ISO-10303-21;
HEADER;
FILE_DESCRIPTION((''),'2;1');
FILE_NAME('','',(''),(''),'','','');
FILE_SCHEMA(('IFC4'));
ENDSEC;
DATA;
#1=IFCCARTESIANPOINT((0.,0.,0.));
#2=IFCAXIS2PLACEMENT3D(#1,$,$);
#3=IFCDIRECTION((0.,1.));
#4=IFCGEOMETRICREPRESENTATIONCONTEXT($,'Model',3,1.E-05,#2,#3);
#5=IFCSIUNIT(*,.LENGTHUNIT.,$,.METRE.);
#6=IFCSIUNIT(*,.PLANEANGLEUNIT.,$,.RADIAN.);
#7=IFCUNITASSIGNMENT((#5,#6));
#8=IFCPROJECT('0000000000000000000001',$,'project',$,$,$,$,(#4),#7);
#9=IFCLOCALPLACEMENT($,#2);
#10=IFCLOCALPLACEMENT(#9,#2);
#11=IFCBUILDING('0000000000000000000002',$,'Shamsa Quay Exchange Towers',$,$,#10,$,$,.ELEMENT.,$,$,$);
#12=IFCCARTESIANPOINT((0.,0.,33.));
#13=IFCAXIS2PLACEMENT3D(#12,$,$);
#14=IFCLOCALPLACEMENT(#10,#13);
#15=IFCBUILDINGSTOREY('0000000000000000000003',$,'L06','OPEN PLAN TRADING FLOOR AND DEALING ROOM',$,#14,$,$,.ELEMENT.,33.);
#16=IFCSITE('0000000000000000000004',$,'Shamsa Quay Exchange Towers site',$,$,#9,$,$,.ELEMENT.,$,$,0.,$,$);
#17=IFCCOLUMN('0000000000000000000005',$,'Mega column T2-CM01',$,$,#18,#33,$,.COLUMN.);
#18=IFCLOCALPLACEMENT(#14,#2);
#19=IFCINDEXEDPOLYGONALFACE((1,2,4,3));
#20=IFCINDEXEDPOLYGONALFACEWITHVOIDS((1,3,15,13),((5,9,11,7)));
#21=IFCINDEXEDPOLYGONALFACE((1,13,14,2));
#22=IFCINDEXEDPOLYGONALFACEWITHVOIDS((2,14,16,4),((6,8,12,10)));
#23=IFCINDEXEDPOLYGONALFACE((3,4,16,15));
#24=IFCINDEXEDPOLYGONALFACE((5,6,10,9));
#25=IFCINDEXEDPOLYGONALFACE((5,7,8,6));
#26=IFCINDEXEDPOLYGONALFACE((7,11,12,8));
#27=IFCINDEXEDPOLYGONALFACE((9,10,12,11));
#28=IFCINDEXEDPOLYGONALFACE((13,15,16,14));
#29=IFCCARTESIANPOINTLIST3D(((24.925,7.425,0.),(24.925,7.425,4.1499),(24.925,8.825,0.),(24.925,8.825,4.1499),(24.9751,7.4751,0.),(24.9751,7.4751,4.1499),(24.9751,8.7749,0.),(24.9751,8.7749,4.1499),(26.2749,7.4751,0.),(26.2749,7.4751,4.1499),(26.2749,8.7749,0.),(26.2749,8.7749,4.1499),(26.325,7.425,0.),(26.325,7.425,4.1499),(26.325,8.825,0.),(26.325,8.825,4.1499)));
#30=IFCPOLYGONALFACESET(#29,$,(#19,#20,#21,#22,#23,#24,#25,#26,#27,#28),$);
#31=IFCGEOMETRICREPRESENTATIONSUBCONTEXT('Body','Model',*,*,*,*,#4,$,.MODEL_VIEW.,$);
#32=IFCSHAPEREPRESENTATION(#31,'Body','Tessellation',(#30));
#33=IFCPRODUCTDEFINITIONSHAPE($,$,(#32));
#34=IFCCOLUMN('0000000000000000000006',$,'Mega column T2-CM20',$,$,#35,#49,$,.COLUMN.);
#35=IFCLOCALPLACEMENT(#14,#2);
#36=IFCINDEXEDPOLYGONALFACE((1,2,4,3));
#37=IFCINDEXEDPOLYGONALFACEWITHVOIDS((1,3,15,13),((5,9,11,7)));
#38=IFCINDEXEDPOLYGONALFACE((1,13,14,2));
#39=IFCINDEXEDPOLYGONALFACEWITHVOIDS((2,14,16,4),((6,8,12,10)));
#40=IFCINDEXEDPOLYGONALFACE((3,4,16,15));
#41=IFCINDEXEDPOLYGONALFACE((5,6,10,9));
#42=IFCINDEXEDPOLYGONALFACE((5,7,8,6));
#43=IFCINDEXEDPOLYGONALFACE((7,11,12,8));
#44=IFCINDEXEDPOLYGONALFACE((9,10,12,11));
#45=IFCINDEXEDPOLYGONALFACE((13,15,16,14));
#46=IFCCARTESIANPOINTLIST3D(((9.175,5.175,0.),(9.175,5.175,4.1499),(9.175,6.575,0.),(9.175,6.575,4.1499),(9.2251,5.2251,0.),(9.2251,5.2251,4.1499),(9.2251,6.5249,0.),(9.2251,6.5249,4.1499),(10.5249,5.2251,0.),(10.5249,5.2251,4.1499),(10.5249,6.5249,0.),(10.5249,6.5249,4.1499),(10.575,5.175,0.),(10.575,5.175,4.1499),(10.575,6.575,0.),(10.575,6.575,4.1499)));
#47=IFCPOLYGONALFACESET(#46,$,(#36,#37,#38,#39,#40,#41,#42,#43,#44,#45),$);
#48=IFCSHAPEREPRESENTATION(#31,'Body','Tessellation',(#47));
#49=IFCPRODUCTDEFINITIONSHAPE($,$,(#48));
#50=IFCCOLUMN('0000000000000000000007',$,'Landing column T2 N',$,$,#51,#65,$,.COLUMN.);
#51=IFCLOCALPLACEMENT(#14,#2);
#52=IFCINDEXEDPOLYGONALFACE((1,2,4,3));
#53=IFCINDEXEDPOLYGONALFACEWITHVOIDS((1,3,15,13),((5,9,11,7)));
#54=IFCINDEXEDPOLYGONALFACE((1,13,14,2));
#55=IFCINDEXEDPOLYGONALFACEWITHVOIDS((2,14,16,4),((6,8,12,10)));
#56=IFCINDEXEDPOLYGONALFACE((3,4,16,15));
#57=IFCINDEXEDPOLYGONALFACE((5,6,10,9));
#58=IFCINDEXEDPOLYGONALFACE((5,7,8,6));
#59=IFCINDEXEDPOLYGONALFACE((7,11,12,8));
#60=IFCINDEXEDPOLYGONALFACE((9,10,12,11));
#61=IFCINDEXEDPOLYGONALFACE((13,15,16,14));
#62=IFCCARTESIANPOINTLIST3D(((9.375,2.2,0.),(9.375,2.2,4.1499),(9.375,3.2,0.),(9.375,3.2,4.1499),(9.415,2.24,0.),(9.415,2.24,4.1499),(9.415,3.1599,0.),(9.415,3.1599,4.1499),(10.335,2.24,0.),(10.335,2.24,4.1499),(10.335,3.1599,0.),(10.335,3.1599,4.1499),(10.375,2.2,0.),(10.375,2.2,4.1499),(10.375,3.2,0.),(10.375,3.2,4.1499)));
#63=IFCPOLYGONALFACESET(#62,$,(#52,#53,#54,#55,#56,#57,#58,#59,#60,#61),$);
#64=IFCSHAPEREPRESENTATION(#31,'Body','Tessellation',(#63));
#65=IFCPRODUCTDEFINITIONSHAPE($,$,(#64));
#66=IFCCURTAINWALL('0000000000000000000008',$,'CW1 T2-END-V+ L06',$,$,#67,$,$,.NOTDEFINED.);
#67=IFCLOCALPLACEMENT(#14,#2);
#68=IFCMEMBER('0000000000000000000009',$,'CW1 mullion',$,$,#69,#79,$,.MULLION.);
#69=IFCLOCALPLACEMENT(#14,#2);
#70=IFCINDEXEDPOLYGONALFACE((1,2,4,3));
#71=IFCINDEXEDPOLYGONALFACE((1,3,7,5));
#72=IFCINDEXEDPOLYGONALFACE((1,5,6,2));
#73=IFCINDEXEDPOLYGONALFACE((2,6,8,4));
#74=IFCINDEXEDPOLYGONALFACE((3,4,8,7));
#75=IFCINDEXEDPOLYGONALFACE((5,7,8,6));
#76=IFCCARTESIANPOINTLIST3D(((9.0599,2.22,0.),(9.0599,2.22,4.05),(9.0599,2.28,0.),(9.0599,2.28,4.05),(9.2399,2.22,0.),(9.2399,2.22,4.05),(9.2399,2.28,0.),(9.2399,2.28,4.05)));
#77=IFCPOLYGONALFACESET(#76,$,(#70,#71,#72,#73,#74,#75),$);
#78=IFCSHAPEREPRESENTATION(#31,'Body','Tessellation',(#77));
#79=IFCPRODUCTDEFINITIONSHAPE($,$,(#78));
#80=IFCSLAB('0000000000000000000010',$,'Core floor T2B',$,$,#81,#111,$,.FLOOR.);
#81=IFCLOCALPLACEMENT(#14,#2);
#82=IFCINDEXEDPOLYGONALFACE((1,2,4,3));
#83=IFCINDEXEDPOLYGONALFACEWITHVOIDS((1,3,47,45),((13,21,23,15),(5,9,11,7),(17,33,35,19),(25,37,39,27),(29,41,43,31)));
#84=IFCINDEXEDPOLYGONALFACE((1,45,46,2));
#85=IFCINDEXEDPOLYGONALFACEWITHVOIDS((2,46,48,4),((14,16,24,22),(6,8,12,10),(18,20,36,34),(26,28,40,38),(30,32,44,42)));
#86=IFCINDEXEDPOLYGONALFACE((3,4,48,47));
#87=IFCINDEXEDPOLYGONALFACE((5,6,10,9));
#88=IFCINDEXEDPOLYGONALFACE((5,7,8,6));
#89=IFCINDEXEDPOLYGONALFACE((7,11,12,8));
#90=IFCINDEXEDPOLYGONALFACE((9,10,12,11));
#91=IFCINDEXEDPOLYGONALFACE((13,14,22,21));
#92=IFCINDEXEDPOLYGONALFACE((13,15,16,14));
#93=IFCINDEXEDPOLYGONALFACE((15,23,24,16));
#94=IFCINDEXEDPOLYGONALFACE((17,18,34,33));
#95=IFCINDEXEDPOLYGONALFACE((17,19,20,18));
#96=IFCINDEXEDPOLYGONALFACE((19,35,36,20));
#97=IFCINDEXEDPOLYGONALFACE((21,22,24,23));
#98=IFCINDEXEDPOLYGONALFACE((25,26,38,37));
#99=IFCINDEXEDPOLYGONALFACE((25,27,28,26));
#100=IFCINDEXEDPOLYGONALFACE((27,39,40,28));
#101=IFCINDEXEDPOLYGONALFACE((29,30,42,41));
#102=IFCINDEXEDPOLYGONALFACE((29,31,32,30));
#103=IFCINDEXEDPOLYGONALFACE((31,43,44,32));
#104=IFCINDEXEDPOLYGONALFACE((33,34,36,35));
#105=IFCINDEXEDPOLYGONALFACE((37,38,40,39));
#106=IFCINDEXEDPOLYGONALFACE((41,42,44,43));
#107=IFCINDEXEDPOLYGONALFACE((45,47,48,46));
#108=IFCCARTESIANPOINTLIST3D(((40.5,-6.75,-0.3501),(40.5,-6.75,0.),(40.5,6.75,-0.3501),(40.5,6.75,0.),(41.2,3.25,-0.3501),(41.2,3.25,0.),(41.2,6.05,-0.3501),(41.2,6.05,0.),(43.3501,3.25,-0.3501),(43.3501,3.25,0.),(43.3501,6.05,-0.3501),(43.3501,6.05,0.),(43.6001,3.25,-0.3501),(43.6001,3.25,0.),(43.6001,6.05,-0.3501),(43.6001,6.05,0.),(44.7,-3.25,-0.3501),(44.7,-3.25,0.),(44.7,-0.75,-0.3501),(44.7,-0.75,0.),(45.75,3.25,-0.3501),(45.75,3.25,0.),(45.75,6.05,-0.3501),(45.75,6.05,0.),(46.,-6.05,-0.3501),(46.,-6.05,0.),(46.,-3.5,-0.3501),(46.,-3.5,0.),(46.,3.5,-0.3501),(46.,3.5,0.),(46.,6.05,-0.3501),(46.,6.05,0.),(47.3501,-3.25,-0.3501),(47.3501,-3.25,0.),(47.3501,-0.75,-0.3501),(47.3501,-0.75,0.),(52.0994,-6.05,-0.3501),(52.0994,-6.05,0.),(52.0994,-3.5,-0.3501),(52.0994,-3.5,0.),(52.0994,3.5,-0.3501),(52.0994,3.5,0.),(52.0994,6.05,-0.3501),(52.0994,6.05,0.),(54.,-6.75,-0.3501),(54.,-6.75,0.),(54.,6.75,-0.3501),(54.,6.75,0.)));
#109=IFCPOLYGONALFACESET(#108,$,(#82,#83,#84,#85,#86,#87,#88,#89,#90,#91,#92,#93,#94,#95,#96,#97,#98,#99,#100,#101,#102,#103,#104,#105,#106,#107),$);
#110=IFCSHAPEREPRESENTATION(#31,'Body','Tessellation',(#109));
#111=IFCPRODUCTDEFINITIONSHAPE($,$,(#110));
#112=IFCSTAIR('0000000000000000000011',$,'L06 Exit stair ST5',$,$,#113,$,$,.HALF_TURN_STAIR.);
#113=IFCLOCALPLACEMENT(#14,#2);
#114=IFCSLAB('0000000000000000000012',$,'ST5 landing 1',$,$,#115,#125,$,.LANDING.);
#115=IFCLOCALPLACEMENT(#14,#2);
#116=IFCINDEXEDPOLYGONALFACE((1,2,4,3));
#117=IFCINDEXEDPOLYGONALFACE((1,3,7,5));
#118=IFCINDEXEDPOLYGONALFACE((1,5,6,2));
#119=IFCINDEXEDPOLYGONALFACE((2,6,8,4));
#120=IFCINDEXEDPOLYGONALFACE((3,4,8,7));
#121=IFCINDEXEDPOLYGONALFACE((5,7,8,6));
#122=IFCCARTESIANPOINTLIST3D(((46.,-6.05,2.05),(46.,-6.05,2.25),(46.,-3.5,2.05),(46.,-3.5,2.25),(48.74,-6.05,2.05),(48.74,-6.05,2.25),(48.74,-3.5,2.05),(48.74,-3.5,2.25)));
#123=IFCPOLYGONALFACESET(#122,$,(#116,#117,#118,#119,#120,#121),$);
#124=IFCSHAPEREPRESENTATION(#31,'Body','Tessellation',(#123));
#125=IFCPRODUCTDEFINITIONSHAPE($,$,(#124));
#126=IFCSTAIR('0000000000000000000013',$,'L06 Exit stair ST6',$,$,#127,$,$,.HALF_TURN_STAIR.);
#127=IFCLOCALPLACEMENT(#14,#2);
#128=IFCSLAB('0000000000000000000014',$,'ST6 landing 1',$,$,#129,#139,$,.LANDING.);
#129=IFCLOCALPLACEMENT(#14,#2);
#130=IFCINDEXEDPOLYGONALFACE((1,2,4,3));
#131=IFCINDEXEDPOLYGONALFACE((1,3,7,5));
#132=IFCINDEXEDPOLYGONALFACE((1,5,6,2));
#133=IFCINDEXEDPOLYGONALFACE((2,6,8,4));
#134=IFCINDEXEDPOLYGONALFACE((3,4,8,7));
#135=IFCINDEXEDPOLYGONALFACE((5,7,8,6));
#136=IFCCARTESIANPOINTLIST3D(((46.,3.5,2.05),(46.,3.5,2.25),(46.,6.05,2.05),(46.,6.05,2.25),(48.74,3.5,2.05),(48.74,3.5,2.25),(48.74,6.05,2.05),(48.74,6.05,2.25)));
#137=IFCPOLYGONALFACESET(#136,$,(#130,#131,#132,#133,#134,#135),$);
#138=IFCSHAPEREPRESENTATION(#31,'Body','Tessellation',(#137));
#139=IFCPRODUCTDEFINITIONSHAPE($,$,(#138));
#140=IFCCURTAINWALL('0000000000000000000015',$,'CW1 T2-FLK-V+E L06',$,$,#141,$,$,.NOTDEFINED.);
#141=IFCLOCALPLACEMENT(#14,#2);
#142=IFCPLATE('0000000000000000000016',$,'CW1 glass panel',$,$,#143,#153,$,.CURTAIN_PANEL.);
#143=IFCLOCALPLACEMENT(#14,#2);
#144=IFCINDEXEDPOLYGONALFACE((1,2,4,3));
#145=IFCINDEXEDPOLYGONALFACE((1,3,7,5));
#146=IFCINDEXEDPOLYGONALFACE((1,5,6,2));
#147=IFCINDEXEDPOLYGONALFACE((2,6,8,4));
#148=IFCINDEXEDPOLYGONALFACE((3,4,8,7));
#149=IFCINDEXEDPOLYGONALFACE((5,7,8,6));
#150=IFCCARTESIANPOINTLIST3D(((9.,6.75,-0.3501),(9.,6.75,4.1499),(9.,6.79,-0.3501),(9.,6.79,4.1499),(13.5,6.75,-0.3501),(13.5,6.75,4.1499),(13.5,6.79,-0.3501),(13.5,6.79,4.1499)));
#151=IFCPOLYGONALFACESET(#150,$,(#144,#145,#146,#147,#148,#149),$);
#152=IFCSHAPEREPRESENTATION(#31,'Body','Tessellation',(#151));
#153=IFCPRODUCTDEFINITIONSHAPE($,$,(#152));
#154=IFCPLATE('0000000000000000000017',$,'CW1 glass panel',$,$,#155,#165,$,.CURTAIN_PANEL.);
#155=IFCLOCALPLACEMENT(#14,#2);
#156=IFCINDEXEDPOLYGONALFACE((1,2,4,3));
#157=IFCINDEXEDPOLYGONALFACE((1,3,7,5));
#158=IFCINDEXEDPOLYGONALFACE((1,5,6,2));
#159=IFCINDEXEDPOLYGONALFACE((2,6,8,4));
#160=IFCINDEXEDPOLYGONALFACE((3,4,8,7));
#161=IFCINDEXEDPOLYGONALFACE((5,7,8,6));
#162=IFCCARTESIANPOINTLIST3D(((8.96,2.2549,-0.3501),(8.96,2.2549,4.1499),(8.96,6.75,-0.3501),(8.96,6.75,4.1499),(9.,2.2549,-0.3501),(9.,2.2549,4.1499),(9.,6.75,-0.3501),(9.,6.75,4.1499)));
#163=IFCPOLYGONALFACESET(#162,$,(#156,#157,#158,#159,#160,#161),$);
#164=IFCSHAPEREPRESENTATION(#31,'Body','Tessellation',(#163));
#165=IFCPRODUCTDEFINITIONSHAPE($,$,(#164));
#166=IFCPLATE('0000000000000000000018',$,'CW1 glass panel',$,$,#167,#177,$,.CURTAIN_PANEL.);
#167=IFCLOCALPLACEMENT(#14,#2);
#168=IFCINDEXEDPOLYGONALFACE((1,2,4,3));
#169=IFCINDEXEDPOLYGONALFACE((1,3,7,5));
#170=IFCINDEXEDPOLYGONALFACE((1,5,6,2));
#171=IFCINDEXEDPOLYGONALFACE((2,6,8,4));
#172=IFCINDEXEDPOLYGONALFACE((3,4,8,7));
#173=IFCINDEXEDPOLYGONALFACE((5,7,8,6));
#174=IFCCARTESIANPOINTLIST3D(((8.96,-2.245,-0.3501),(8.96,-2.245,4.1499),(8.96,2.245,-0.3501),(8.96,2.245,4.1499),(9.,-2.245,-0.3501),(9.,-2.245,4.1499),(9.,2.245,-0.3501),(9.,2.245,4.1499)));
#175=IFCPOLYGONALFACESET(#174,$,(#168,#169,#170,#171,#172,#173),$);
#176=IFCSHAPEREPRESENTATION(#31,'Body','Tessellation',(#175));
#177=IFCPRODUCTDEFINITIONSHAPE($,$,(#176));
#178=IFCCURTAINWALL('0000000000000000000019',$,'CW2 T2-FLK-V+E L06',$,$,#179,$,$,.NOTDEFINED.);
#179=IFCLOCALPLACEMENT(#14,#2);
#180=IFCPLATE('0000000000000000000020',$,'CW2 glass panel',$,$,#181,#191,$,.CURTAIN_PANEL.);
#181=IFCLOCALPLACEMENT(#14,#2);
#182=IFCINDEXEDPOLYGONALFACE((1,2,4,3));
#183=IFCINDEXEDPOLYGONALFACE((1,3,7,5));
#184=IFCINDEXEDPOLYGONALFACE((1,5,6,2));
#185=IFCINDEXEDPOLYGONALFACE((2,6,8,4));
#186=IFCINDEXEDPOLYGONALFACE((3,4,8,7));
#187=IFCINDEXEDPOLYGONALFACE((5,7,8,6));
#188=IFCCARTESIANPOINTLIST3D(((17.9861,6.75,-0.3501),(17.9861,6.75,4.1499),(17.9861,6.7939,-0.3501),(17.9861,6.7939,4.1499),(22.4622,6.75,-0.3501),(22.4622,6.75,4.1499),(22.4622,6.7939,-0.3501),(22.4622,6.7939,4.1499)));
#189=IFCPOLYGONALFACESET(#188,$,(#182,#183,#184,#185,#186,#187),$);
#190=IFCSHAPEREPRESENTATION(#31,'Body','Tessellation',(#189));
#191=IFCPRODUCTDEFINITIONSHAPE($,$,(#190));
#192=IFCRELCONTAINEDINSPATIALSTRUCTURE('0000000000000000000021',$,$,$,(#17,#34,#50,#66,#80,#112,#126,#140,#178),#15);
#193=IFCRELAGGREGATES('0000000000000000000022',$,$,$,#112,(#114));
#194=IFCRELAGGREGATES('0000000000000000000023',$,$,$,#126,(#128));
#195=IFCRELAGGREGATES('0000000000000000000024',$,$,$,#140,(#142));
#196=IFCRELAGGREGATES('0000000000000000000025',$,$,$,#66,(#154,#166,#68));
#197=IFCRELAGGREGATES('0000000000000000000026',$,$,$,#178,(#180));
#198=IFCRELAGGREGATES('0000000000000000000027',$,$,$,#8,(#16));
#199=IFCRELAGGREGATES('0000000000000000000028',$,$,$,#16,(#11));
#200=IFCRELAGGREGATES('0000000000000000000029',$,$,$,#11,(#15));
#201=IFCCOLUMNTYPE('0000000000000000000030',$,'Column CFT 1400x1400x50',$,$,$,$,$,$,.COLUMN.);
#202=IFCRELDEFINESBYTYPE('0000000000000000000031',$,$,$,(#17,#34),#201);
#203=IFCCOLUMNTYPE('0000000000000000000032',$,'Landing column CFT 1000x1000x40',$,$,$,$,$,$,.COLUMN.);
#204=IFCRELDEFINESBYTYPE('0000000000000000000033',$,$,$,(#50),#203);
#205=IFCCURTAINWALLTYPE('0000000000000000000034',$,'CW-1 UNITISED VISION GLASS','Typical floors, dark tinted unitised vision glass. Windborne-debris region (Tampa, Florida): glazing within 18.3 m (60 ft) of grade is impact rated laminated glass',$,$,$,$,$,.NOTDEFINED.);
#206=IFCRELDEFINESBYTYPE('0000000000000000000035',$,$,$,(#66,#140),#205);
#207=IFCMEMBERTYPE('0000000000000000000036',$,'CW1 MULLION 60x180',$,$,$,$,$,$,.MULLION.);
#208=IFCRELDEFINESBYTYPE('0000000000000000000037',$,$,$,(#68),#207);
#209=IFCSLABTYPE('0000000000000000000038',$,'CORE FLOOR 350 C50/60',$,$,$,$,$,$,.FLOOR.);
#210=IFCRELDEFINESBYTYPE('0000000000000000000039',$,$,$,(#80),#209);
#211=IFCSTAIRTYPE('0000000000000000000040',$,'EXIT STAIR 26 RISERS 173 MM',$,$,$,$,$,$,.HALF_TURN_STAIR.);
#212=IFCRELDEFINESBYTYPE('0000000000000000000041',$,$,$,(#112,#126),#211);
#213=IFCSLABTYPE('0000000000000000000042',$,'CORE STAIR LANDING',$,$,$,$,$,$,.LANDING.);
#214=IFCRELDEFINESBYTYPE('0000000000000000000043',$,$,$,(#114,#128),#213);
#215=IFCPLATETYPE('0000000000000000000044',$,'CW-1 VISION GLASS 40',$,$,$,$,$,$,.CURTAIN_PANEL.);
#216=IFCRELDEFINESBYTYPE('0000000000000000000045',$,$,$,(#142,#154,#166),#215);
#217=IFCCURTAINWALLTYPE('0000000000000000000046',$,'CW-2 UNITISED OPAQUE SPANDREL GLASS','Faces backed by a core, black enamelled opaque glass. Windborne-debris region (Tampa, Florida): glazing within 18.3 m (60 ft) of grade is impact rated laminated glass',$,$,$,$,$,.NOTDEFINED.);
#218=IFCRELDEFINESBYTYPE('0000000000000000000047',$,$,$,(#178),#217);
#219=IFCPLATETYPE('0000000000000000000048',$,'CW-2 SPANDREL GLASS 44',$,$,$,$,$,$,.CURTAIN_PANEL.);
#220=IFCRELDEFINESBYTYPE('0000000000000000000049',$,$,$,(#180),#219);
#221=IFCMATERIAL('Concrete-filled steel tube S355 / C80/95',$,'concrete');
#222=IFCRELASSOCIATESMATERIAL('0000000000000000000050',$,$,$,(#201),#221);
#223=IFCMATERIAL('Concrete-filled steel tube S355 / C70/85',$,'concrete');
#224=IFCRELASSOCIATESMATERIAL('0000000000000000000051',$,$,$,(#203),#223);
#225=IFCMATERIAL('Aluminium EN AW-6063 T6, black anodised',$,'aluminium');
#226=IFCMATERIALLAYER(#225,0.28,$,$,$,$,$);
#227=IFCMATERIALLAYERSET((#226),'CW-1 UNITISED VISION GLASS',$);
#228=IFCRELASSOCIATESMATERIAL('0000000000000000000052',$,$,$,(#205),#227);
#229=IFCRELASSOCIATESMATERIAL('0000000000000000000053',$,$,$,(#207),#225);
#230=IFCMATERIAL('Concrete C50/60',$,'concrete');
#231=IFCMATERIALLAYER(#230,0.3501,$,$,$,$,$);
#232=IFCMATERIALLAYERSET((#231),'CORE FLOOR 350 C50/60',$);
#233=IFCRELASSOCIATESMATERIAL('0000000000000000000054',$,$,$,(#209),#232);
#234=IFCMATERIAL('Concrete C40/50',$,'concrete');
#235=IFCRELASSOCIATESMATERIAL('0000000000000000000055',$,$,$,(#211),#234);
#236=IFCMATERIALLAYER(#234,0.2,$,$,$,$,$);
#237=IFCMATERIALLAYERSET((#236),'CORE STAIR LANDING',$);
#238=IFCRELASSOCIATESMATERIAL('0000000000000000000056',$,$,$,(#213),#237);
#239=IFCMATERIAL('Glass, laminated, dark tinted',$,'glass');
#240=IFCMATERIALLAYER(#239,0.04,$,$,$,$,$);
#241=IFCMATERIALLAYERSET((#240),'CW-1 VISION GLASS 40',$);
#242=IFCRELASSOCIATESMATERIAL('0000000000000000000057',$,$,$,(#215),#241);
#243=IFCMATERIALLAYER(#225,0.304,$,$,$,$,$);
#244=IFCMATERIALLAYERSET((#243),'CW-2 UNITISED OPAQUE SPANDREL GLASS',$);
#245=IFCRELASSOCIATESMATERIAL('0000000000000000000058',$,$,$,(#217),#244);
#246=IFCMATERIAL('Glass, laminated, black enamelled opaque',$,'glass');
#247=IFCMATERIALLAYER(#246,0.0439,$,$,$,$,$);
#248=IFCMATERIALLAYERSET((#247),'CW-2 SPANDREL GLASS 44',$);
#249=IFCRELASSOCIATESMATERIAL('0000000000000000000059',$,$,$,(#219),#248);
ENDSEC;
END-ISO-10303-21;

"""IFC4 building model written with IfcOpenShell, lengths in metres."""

from ifc_helpers import new_model, si_unit, direction, frame, origin, origin_2d, place, context, subcontext, project, spatial, polyline, rectangle, hollow_rectangle, outline, extrude, material, layer, layer_set, material_profile, profile_set, type_object, element, aggregate, save


model = new_model("IFC4")

# Units and contexts
model_context = context("Model", 3, precision=1e-05, world=origin(), true_north=direction((0.0, 1.0)))
body_context = subcontext(model_context, "Body", "Model", "MODEL_VIEW")
ifc_project = project(units=[si_unit("LENGTHUNIT", "METRE"), si_unit("PLANEANGLEUNIT", "RADIAN")], contexts=[model_context])

# Site, building, storey
site_placement = place(None, origin())
site = spatial("IfcSite", under=ifc_project, at=site_placement, Name="Shamsa Quay Exchange Towers site", CompositionType="ELEMENT", RefElevation=0.0)
building_placement = place(site_placement, origin())
building = spatial("IfcBuilding", under=site, at=building_placement, Name="Shamsa Quay Exchange Towers", CompositionType="ELEMENT")
storey_placement = place(building_placement, frame((0.0, 0.0, 33.0)))
storey = spatial("IfcBuildingStorey", under=building, at=storey_placement, Name="L06", Description="OPEN PLAN TRADING FLOOR AND DEALING ROOM", CompositionType="ELEMENT", Elevation=33.0)

# Columns
ifc_material_1 = material(Name="Concrete-filled steel tube S355 / C80/95", Category="concrete")
ifc_material_profile_1 = material_profile(ifc_material_1, hollow_rectangle(XDim=1.3999, YDim=1.3999, WallThickness=0.05, at=origin_2d()), Name="CFT 1400x1400x50")
ifc_profile_set_1 = profile_set([ifc_material_profile_1], Name="Concrete-filled steel tube S355 / C80/95")
column_type_1 = type_object("IfcColumnType", Name="Column CFT 1400x1400x50", PredefinedType="COLUMN", material=ifc_profile_set_1)
for number, where, name in (
    (1, (25.625, 8.125, 0.0), "Mega column T2-CM01"),
    (2, (9.875, 5.875, 0.0), "Mega column T2-CM20"),
):
    element("IfcColumn", number, at=place(storey_placement, frame(where)), inside=storey, type_object=column_type_1, Name=name, PredefinedType="COLUMN", context=body_context, shape_type="SweptSolid", body=[
        extrude(hollow_rectangle(XDim=1.3999, YDim=1.3999, WallThickness=0.05, at=origin_2d()), origin(), (0.0, 0.0, 1.0), 4.1499),
    ])
ifc_material_2 = material(Name="Concrete-filled steel tube S355 / C70/85", Category="concrete")
ifc_material_profile_2 = material_profile(ifc_material_2, hollow_rectangle(XDim=1.0, YDim=1.0, WallThickness=0.04, at=origin_2d()), Name="CFT 1000x1000x40")
ifc_profile_set_2 = profile_set([ifc_material_profile_2], Name="Concrete-filled steel tube S355 / C70/85")
column_type_2 = type_object("IfcColumnType", Name="Landing column CFT 1000x1000x40", PredefinedType="COLUMN", material=ifc_profile_set_2)
column_placement = place(storey_placement, frame((9.875, 2.7, 0.0)))
element("IfcColumn", 3, at=column_placement, inside=storey, type_object=column_type_2, Name="Landing column T2 N", PredefinedType="COLUMN", context=body_context, shape_type="SweptSolid", body=[
    extrude(hollow_rectangle(XDim=1.0, YDim=1.0, WallThickness=0.04, at=origin_2d()), origin(), (0.0, 0.0, 1.0), 4.1499),
])

# Curtain wall, member
ifc_material_3 = material(Name="Aluminium EN AW-6063 T6, black anodised", Category="aluminium")
ifc_layer_1 = layer(ifc_material_3, 0.28)
ifc_layer_set_1 = layer_set([ifc_layer_1], Name="CW-1 UNITISED VISION GLASS")
curtain_wall_type_1 = type_object("IfcCurtainWallType", Name="CW-1 UNITISED VISION GLASS", Description="Typical floors, dark tinted unitised vision glass. Windborne-debris region (Tampa, Florida): glazing within 18.3 m (60 ft) of grade is impact rated laminated glass", PredefinedType="NOTDEFINED", material=ifc_layer_set_1)
curtain_wall_1_placement = place(storey_placement, origin())
curtain_wall_1 = element("IfcCurtainWall", 4, at=curtain_wall_1_placement, inside=storey, type_object=curtain_wall_type_1, Name="CW1 T2-END-V+ L06", PredefinedType="NOTDEFINED")
ifc_material_profile_3 = material_profile(ifc_material_3, rectangle(XDim=0.1799, YDim=0.0601, at=origin_2d()), Name="MU60x180")
ifc_profile_set_3 = profile_set([ifc_material_profile_3], Name="Aluminium EN AW-6063 T6, black anodised")
member_type = type_object("IfcMemberType", Name="CW1 MULLION 60x180", PredefinedType="MULLION", material=ifc_profile_set_3)
member_placement = place(storey_placement, frame((9.1499, 2.25, 0.0)))
member = element("IfcMember", 5, at=member_placement, type_object=member_type, Name="CW1 mullion", PredefinedType="MULLION", context=body_context, shape_type="SweptSolid", body=[
    extrude(rectangle(XDim=0.1799, YDim=0.0601, at=origin_2d()), origin(), (0.0, 0.0, 1.0), 4.05),
])

# Slab
ifc_material_4 = material(Name="Concrete C50/60", Category="concrete")
ifc_layer_2 = layer(ifc_material_4, 0.3501)
ifc_layer_set_2 = layer_set([ifc_layer_2], Name="CORE FLOOR 350 C50/60")
slab_type_1 = type_object("IfcSlabType", Name="CORE FLOOR 350 C50/60", PredefinedType="FLOOR", material=ifc_layer_set_2)
slab_1_placement = place(storey_placement, frame((0.0, 0.0, -0.3501)))
element("IfcSlab", 6, at=slab_1_placement, inside=storey, type_object=slab_type_1, Name="Core floor T2B", PredefinedType="FLOOR", context=body_context, shape_type="SweptSolid", body=[
    extrude(outline(polyline([(54.0, -6.75), (54.0, 6.75), (40.5, 6.75), (40.5, -6.75), (54.0, -6.75)]), holes=[polyline([(52.0994, -3.5), (52.0994, -6.05), (46.0, -6.05), (46.0, -3.5), (52.0994, -3.5)]), polyline([(52.0994, 6.05), (52.0994, 3.5), (46.0, 3.5), (46.0, 6.05), (52.0994, 6.05)]), polyline([(45.75, 3.25), (43.6001, 3.25), (43.6001, 6.05), (45.75, 6.05), (45.75, 3.25)]), polyline([(43.3501, 3.25), (41.2, 3.25), (41.2, 6.05), (43.3501, 6.05), (43.3501, 3.25)]), polyline([(47.3501, -3.25), (44.7, -3.25), (44.7, -0.75), (47.3501, -0.75), (47.3501, -3.25)])]), origin(), (0.0, 0.0, 1.0), 0.3501),
])

# Stairs, slabs
ifc_material_5 = material(Name="Concrete C40/50", Category="concrete")
stair_type = type_object("IfcStairType", Name="EXIT STAIR 26 RISERS 173 MM", PredefinedType="HALF_TURN_STAIR", material=ifc_material_5)
stair_1_placement = place(storey_placement, origin())
stair_1 = element("IfcStair", 7, at=stair_1_placement, inside=storey, type_object=stair_type, Name="L06 Exit stair ST5", PredefinedType="HALF_TURN_STAIR")
ifc_layer_3 = layer(ifc_material_5, 0.2)
ifc_layer_set_3 = layer_set([ifc_layer_3], Name="CORE STAIR LANDING")
slab_type_2 = type_object("IfcSlabType", Name="CORE STAIR LANDING", PredefinedType="LANDING", material=ifc_layer_set_3)
slab_2_placement = place(storey_placement, frame((0.0, 0.0, 2.05)))
slab_2 = element("IfcSlab", 8, at=slab_2_placement, type_object=slab_type_2, Name="ST5 landing 1", PredefinedType="LANDING", context=body_context, shape_type="SweptSolid", body=[
    extrude(outline(polyline([(48.74, -3.5), (46.0, -3.5), (46.0, -6.05), (48.74, -6.05), (48.74, -3.5)])), origin(), (0.0, 0.0, 1.0), 0.2),
])
aggregate(stair_1, [slab_2])
stair_2_placement = place(storey_placement, origin())
stair_2 = element("IfcStair", 9, at=stair_2_placement, inside=storey, type_object=stair_type, Name="L06 Exit stair ST6", PredefinedType="HALF_TURN_STAIR")
slab_3_placement = place(storey_placement, frame((0.0, 0.0, 2.05)))
slab_3 = element("IfcSlab", 10, at=slab_3_placement, type_object=slab_type_2, Name="ST6 landing 1", PredefinedType="LANDING", context=body_context, shape_type="SweptSolid", body=[
    extrude(outline(polyline([(48.74, 6.05), (46.0, 6.05), (46.0, 3.5), (48.74, 3.5), (48.74, 6.05)])), origin(), (0.0, 0.0, 1.0), 0.2),
])
aggregate(stair_2, [slab_3])

# Curtain wall, plate
curtain_wall_2_placement = place(storey_placement, origin())
curtain_wall_2 = element("IfcCurtainWall", 11, at=curtain_wall_2_placement, inside=storey, type_object=curtain_wall_type_1, Name="CW1 T2-FLK-V+E L06", PredefinedType="NOTDEFINED")
ifc_material_6 = material(Name="Glass, laminated, dark tinted", Category="glass")
ifc_layer_4 = layer(ifc_material_6, 0.04)
ifc_layer_set_4 = layer_set([ifc_layer_4], Name="CW-1 VISION GLASS 40")
plate_type_1 = type_object("IfcPlateType", Name="CW-1 VISION GLASS 40", PredefinedType="CURTAIN_PANEL", material=ifc_layer_set_4)
plate_1_placement = place(storey_placement, frame((11.25, 6.77, -0.3501), z_axis=(0.0, 0.0, 1.0), x_axis=(-1.0, 0.0, 0.0)))
plate_1 = element("IfcPlate", 12, at=plate_1_placement, type_object=plate_type_1, Name="CW1 glass panel", PredefinedType="CURTAIN_PANEL", context=body_context, shape_type="SweptSolid", body=[
    extrude(rectangle(XDim=4.5, YDim=0.04, at=origin_2d()), origin(), (0.0, 0.0, 1.0), 4.5),
])
aggregate(curtain_wall_2, [plate_1])

# Plates
plate_2_placement = place(storey_placement, frame((8.98, 4.5024, -0.3501), z_axis=(0.0, 0.0, 1.0), x_axis=(0.0, -1.0, 0.0)))
plate_2 = element("IfcPlate", 13, at=plate_2_placement, type_object=plate_type_1, Name="CW1 glass panel", PredefinedType="CURTAIN_PANEL", context=body_context, shape_type="SweptSolid", body=[
    extrude(rectangle(XDim=4.4951, YDim=0.04, at=origin_2d()), origin(), (0.0, 0.0, 1.0), 4.5),
])
plate_3_placement = place(storey_placement, frame((8.98, 0.0, -0.3501), z_axis=(0.0, 0.0, 1.0), x_axis=(0.0, -1.0, 0.0)))
plate_3 = element("IfcPlate", 14, at=plate_3_placement, type_object=plate_type_1, Name="CW1 glass panel", PredefinedType="CURTAIN_PANEL", context=body_context, shape_type="SweptSolid", body=[
    extrude(rectangle(XDim=4.49, YDim=0.04, at=origin_2d()), origin(), (0.0, 0.0, 1.0), 4.5),
])
aggregate(curtain_wall_1, [plate_2, plate_3, member])

# Curtain wall, plate
ifc_layer_5 = layer(ifc_material_3, 0.304)
ifc_layer_set_5 = layer_set([ifc_layer_5], Name="CW-2 UNITISED OPAQUE SPANDREL GLASS")
curtain_wall_type_2 = type_object("IfcCurtainWallType", Name="CW-2 UNITISED OPAQUE SPANDREL GLASS", Description="Faces backed by a core, black enamelled opaque glass. Windborne-debris region (Tampa, Florida): glazing within 18.3 m (60 ft) of grade is impact rated laminated glass", PredefinedType="NOTDEFINED", material=ifc_layer_set_5)
curtain_wall_3_placement = place(storey_placement, origin())
curtain_wall_3 = element("IfcCurtainWall", 15, at=curtain_wall_3_placement, inside=storey, type_object=curtain_wall_type_2, Name="CW2 T2-FLK-V+E L06", PredefinedType="NOTDEFINED")
ifc_material_7 = material(Name="Glass, laminated, black enamelled opaque", Category="glass")
ifc_layer_6 = layer(ifc_material_7, 0.0439)
ifc_layer_set_6 = layer_set([ifc_layer_6], Name="CW-2 SPANDREL GLASS 44")
plate_type_2 = type_object("IfcPlateType", Name="CW-2 SPANDREL GLASS 44", PredefinedType="CURTAIN_PANEL", material=ifc_layer_set_6)
plate_4_placement = place(storey_placement, frame((20.2241, 6.772, -0.3501), z_axis=(0.0, 0.0, 1.0), x_axis=(-1.0, 0.0, 0.0)))
plate_4 = element("IfcPlate", 16, at=plate_4_placement, type_object=plate_type_2, Name="CW2 glass panel", PredefinedType="CURTAIN_PANEL", context=body_context, shape_type="SweptSolid", body=[
    extrude(rectangle(XDim=4.4761, YDim=0.0439, at=origin_2d()), origin(), (0.0, 0.0, 1.0), 4.5),
])
aggregate(curtain_wall_3, [plate_4])

save(model, "model.ifc")
